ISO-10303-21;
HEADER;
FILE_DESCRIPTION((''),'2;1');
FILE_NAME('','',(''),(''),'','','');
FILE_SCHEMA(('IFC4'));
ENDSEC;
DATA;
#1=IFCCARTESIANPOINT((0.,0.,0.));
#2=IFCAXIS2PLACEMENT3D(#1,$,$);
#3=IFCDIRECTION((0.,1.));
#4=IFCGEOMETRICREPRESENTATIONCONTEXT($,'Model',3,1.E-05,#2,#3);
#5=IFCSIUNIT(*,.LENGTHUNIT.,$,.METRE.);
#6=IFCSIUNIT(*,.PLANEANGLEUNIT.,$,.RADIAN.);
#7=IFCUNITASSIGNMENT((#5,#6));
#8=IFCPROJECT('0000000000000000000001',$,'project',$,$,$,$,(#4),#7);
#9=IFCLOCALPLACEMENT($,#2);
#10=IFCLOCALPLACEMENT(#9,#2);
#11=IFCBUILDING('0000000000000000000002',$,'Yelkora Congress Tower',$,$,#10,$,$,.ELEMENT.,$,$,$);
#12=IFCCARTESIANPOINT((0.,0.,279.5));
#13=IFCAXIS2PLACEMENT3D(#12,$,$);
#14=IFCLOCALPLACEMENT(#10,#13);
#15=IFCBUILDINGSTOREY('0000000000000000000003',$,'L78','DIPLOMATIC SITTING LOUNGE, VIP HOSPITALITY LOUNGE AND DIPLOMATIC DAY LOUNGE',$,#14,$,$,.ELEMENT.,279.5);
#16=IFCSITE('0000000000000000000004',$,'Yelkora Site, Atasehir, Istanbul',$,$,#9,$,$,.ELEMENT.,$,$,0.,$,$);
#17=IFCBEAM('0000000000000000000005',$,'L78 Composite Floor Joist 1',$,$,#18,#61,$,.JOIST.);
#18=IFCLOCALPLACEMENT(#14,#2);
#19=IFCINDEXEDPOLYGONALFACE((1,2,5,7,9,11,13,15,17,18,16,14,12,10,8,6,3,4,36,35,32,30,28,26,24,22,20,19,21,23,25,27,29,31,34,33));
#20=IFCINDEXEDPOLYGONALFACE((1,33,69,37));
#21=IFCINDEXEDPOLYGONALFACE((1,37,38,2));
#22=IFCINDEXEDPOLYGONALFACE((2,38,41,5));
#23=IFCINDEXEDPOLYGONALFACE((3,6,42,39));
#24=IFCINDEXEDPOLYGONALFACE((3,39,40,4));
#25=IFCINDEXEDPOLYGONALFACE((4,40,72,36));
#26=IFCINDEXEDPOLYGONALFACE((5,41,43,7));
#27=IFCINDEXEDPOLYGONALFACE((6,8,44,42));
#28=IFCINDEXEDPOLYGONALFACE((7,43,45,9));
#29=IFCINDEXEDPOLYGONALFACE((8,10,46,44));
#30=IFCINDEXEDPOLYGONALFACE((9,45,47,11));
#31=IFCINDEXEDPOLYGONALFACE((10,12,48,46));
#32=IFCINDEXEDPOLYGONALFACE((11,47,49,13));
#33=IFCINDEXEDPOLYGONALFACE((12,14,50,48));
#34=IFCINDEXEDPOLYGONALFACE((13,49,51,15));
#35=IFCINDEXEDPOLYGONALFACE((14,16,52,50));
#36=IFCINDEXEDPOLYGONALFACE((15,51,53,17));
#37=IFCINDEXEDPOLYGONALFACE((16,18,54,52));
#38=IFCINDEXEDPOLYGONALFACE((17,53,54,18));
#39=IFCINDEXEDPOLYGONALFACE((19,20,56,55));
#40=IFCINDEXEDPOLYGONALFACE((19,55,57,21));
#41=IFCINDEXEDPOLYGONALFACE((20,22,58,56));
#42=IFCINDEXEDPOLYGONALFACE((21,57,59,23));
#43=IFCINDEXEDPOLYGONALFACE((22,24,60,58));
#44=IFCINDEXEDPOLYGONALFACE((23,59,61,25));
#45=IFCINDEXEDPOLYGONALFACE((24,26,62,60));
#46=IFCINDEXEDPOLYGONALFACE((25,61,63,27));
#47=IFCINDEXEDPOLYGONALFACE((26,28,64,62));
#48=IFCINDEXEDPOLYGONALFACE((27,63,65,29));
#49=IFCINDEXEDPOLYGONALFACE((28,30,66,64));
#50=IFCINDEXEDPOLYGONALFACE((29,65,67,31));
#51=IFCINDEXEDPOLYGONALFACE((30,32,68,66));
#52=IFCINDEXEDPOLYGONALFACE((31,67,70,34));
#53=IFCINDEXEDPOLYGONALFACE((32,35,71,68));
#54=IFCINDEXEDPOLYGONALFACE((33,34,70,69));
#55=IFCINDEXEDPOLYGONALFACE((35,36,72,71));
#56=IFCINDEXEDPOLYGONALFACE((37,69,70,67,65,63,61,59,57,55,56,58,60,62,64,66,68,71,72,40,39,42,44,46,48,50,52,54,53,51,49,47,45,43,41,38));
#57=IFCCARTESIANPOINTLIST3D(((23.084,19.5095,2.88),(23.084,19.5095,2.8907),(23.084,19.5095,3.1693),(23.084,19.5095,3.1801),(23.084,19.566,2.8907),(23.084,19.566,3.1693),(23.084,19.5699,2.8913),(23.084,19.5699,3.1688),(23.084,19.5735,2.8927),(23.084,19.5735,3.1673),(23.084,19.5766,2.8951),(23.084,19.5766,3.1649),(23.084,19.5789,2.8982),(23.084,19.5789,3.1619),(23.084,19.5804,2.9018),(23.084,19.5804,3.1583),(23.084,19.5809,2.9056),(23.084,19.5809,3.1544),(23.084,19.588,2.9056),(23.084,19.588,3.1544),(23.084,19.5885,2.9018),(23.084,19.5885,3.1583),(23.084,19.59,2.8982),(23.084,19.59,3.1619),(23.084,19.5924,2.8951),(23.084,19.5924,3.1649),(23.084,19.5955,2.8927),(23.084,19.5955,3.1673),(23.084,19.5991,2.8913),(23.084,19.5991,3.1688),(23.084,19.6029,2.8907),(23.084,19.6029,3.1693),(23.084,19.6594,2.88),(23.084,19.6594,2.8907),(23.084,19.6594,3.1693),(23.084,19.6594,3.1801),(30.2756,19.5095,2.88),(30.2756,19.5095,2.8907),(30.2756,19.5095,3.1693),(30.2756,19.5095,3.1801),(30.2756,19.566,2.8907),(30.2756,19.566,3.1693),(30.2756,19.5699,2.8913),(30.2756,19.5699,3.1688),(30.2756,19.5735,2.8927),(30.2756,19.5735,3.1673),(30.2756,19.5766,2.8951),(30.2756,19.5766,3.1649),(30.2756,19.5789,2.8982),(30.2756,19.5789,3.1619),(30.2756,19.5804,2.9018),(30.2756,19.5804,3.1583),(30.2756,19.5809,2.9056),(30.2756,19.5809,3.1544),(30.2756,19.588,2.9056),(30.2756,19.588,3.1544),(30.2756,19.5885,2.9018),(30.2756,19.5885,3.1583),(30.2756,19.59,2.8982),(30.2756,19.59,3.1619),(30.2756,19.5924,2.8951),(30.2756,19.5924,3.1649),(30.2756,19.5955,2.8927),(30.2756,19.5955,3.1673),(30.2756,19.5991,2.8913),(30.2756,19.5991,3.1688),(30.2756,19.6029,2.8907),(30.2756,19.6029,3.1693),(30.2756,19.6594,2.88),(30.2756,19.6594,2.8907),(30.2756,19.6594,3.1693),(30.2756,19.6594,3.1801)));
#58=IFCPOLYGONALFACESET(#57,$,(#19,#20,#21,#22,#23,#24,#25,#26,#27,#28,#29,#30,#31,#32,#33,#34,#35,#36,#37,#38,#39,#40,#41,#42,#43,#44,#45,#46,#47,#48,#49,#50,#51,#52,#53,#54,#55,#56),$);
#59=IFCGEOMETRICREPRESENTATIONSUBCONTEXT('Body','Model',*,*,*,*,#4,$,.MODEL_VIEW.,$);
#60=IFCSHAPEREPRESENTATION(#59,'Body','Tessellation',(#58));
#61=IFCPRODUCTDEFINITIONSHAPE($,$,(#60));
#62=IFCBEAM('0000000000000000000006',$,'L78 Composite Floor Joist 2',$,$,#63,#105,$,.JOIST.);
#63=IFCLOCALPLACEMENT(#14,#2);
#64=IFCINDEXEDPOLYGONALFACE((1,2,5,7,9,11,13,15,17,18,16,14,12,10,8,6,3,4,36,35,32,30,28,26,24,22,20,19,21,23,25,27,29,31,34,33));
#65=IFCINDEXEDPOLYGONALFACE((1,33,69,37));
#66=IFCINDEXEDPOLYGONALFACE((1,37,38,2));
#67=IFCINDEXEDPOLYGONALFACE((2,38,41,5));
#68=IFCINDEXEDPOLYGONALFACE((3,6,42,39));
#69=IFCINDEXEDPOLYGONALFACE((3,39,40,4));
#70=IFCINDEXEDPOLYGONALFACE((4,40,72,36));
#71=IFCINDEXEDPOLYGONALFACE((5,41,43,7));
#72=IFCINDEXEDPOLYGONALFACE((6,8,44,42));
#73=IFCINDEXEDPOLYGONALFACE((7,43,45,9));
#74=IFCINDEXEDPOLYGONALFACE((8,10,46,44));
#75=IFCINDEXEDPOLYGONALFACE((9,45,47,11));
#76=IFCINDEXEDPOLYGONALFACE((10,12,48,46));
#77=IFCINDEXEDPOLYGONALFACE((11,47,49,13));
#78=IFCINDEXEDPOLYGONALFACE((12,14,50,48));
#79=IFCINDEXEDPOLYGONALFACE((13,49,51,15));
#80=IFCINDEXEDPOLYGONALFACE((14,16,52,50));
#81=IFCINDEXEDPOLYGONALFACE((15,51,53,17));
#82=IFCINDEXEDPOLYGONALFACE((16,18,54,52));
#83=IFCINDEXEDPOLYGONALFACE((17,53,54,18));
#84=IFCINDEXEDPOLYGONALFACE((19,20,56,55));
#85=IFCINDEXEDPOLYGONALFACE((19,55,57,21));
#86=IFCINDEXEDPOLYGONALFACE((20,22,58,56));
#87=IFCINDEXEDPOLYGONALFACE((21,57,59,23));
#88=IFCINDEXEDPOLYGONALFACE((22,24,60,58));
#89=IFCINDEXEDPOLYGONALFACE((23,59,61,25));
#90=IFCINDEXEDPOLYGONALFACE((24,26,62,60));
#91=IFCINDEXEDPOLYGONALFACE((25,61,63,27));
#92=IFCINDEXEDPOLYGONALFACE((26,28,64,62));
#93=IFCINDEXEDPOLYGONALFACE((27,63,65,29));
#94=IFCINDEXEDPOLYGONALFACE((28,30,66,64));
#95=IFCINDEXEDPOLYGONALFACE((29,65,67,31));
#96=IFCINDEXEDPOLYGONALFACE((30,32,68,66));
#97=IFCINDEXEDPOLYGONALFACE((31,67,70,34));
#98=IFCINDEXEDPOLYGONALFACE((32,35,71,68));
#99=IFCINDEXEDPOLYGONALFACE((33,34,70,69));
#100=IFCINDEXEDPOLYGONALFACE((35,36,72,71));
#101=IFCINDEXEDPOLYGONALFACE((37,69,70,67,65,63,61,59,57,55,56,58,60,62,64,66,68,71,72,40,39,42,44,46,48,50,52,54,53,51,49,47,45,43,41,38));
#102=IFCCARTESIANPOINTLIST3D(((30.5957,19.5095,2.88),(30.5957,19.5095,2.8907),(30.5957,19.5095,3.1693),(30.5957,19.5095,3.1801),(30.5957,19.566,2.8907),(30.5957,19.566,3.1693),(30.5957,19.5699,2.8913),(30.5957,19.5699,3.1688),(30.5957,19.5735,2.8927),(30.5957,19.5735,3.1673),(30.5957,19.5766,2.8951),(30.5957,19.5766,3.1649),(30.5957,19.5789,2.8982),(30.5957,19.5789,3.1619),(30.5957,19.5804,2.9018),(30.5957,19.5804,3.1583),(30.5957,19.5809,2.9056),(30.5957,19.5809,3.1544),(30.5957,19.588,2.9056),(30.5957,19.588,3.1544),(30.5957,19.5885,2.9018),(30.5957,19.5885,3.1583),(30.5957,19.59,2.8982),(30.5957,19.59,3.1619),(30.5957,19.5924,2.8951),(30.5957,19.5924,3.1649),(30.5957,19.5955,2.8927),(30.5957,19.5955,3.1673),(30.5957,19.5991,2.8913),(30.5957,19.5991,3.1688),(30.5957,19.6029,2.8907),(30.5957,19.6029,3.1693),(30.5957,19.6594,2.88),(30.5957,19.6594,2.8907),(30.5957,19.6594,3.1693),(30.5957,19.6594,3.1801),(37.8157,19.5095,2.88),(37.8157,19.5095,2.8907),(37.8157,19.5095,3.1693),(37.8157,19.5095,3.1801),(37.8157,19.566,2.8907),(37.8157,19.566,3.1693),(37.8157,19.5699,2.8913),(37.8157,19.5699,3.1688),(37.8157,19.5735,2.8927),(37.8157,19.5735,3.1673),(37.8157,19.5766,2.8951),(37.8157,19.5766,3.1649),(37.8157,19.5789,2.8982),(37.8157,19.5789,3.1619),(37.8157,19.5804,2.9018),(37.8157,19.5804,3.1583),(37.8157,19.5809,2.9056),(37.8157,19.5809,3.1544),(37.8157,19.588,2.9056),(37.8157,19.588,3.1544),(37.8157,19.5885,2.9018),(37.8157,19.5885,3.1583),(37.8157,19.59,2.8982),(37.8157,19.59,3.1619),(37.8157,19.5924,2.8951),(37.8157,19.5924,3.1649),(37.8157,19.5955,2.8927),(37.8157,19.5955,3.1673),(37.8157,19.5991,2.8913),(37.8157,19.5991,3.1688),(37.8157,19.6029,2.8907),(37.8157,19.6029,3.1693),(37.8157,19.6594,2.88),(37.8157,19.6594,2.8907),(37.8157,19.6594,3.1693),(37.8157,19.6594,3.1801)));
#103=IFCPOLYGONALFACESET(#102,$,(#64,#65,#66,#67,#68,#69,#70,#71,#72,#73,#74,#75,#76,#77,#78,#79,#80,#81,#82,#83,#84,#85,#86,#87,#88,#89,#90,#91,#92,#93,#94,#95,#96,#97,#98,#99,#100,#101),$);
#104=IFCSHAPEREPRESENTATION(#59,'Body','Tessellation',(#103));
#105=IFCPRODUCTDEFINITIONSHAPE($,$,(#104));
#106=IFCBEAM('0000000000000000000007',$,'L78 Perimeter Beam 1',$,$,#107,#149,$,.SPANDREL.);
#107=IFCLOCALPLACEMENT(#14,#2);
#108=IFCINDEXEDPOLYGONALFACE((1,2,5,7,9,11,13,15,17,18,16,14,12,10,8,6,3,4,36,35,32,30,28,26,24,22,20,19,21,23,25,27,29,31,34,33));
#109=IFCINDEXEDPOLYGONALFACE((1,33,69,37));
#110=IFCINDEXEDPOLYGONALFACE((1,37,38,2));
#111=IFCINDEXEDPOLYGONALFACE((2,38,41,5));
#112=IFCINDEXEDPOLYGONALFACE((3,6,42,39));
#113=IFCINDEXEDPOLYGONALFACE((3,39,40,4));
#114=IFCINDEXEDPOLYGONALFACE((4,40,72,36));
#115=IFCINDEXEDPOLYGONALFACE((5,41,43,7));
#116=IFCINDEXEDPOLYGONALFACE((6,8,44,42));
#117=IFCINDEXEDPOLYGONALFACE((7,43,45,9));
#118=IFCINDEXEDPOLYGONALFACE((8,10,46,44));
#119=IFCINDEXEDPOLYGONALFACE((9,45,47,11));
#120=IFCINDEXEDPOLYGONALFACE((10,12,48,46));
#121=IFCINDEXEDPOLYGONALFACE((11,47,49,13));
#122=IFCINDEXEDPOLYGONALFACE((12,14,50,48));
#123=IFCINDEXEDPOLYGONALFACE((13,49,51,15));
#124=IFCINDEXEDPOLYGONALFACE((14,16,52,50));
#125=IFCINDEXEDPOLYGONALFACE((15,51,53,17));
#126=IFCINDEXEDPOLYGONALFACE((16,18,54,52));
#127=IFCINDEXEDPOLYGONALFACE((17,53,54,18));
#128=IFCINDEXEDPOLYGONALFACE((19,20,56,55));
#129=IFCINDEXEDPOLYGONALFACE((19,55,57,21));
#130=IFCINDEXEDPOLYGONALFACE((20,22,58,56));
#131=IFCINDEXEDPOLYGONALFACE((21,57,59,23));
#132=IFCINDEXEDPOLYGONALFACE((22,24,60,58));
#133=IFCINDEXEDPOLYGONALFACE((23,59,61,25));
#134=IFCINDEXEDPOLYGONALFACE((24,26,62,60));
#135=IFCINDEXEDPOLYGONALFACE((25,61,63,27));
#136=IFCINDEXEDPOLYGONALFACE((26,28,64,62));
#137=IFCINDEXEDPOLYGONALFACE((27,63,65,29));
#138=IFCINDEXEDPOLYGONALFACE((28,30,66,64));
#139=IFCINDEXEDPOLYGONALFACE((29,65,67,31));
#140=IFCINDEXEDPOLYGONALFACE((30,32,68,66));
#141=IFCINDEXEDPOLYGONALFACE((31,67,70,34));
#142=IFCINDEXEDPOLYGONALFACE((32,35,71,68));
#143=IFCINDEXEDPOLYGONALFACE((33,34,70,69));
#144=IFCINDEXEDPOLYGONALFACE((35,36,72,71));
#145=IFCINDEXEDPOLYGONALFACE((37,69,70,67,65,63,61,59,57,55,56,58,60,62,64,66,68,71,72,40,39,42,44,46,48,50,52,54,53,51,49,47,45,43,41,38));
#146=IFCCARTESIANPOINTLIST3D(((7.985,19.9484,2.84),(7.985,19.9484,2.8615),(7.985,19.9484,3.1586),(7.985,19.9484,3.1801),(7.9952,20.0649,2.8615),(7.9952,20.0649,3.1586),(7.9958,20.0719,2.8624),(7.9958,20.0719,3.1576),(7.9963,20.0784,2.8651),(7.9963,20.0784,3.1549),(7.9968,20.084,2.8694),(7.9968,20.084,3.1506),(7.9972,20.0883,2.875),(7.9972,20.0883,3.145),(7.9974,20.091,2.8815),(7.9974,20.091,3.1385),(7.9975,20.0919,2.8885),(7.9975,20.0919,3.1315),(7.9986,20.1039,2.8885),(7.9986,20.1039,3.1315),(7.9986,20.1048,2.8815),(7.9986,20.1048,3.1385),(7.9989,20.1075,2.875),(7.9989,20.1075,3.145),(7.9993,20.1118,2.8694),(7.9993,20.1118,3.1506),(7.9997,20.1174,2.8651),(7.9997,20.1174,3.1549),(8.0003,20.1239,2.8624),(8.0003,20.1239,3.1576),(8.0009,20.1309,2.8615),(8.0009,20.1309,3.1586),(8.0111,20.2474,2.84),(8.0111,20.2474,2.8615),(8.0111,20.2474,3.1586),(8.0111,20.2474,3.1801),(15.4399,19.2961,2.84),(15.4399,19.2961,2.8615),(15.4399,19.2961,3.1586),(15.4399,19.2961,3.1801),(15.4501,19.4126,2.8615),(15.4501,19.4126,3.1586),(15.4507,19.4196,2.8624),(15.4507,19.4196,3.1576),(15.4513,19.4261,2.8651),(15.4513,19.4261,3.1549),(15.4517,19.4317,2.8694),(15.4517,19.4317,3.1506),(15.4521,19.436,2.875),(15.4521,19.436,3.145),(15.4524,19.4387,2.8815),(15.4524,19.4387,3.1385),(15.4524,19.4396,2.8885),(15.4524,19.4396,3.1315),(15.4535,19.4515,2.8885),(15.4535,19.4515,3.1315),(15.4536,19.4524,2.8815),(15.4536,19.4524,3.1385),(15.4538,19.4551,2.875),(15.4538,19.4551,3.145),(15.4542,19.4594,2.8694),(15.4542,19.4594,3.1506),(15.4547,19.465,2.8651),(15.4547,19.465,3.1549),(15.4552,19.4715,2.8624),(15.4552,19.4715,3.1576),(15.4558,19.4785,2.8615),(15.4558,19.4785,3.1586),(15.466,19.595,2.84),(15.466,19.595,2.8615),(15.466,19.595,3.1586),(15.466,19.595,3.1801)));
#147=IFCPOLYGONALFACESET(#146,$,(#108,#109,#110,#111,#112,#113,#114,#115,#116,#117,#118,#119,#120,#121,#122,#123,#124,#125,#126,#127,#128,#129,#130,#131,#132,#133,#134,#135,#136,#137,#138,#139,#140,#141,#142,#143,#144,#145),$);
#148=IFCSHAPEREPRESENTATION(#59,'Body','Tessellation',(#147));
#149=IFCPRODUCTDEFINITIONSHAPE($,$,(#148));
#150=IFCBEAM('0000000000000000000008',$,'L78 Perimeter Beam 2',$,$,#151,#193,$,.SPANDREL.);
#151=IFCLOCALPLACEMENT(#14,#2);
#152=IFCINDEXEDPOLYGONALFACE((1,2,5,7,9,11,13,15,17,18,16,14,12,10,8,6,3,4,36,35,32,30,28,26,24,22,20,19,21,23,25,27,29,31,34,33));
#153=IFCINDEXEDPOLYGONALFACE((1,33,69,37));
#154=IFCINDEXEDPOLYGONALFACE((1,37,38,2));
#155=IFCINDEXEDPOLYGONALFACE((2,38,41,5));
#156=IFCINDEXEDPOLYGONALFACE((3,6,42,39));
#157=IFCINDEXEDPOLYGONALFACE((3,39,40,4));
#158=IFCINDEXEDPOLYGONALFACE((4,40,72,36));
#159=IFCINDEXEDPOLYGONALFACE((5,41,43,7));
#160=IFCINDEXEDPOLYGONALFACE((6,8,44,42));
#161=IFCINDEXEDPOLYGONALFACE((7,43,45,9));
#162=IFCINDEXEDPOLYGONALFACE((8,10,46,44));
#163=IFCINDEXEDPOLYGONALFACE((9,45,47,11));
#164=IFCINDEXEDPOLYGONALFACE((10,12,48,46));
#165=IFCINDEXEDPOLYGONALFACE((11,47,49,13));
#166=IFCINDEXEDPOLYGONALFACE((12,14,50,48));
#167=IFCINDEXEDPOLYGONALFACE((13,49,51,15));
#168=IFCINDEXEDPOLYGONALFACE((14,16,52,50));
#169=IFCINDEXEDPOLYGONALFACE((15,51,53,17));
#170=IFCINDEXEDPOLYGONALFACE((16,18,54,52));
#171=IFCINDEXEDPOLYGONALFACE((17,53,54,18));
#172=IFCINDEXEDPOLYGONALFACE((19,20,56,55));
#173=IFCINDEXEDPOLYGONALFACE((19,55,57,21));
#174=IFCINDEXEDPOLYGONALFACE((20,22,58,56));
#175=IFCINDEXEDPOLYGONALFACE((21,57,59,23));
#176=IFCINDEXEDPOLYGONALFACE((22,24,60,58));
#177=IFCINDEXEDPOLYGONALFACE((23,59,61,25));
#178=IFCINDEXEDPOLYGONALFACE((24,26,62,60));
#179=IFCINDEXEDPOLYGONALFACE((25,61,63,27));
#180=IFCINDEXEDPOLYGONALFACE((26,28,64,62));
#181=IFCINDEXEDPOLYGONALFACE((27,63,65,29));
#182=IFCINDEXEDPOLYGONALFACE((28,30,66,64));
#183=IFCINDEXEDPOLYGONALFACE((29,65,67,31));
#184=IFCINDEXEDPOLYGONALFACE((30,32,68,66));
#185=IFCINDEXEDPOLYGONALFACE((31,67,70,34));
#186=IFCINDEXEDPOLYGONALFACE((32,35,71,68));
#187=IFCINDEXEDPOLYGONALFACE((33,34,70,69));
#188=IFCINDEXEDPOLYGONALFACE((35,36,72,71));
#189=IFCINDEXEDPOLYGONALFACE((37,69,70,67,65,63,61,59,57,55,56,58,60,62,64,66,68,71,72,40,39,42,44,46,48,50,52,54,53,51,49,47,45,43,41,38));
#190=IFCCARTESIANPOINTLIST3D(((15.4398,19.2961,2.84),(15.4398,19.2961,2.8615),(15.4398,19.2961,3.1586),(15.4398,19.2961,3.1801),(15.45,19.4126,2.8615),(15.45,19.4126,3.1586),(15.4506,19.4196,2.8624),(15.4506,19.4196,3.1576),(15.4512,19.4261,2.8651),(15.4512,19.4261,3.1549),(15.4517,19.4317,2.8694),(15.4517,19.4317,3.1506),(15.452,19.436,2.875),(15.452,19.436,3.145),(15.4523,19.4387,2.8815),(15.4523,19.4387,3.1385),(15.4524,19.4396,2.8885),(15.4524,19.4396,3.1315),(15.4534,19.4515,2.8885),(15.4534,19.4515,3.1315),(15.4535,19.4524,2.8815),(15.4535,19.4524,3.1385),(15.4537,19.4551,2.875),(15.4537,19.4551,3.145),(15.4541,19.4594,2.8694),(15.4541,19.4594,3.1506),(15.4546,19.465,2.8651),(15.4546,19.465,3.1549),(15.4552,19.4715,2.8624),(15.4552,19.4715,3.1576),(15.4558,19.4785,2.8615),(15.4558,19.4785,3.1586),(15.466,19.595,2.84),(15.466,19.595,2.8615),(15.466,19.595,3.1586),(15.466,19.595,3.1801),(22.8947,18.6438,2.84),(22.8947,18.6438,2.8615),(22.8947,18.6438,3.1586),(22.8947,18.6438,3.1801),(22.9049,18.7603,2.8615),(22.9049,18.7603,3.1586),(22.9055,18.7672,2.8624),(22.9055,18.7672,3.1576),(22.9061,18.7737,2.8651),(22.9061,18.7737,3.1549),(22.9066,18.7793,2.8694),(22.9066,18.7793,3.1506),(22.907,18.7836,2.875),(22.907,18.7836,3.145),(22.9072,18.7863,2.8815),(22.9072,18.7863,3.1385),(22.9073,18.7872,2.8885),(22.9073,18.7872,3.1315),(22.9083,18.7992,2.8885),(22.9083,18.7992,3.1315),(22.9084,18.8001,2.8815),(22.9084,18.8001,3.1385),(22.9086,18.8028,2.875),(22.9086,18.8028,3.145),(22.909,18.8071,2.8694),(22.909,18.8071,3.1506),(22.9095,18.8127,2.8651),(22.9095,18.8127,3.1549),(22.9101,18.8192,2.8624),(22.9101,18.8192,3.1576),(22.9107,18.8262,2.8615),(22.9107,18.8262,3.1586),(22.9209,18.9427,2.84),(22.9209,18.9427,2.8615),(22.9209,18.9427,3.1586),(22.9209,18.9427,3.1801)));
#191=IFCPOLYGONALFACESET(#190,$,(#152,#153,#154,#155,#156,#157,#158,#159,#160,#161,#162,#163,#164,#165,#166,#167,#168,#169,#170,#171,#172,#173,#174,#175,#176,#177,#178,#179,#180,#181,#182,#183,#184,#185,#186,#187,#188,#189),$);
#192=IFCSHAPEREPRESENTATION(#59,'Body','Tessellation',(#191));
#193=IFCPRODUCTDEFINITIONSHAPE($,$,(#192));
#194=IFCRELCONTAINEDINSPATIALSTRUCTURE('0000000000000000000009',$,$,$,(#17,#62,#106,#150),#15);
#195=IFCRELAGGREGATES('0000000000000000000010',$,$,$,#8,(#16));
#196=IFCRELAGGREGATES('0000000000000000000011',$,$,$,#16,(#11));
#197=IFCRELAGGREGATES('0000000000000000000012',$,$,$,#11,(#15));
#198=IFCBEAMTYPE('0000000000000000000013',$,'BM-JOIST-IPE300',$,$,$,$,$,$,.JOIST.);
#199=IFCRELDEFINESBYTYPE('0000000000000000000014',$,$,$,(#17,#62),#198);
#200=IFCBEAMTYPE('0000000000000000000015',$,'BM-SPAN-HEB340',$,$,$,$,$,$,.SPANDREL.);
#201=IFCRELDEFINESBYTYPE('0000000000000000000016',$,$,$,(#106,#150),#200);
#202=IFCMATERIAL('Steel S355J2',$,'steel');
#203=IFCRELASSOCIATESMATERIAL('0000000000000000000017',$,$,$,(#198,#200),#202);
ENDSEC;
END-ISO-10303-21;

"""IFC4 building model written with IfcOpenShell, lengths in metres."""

from ifc_helpers import new_model, si_unit, direction, frame, origin, origin_2d, place, context, subcontext, project, spatial, i_section, extrude, material, material_profile, profile_set, type_object, element, save


model = new_model("IFC4")

# Units and contexts
model_context = context("Model", 3, precision=1e-05, world=origin(), true_north=direction((0.0, 1.0)))
body_context = subcontext(model_context, "Body", "Model", "MODEL_VIEW")
ifc_project = project(units=[si_unit("LENGTHUNIT", "METRE"), si_unit("PLANEANGLEUNIT", "RADIAN")], contexts=[model_context])

# Site, building, storey
site_placement = place(None, origin())
site = spatial("IfcSite", under=ifc_project, at=site_placement, Name="Yelkora Site, Atasehir, Istanbul", CompositionType="ELEMENT", RefElevation=0.0)
building_placement = place(site_placement, origin())
building = spatial("IfcBuilding", under=site, at=building_placement, Name="Yelkora Congress Tower", CompositionType="ELEMENT")
storey_placement = place(building_placement, frame((0.0, 0.0, 279.5)))
storey = spatial("IfcBuildingStorey", under=building, at=storey_placement, Name="L78", Description="DIPLOMATIC SITTING LOUNGE, VIP HOSPITALITY LOUNGE AND DIPLOMATIC DAY LOUNGE", CompositionType="ELEMENT", Elevation=279.5)

# Shared definitions
ifc_material_1 = material(Name="Steel S355J2", Category="steel")

# Beams
ifc_material_profile_1 = material_profile(ifc_material_1, i_section(OverallWidth=0.1499, OverallDepth=0.3, WebThickness=0.0071, FlangeThickness=0.0107, FilletRadius=0.0149, at=origin_2d()), Name="IPE 300")
ifc_profile_set_1 = profile_set([ifc_material_profile_1], Name="Steel S355J2")
beam_type_1 = type_object("IfcBeamType", Name="BM-JOIST-IPE300", PredefinedType="JOIST", material=ifc_profile_set_1)
beam_1_placement = place(storey_placement, frame((23.084, 19.5845, 3.03), z_axis=(1.0, 0.0, 0.0), x_axis=(0.0, 1.0, 0.0)))
element("IfcBeam", 1, at=beam_1_placement, inside=storey, type_object=beam_type_1, Name="L78 Composite Floor Joist 1", PredefinedType="JOIST", context=body_context, shape_type="SweptSolid", body=[
    extrude(i_section(OverallWidth=0.1499, OverallDepth=0.3, WebThickness=0.0071, FlangeThickness=0.0107, FilletRadius=0.0149, at=origin_2d()), origin(), (0.0, 0.0, 1.0), 7.1917),
])
beam_2_placement = place(storey_placement, frame((30.5957, 19.5845, 3.03), z_axis=(1.0, 0.0, 0.0), x_axis=(0.0, 1.0, 0.0)))
element("IfcBeam", 2, at=beam_2_placement, inside=storey, type_object=beam_type_1, Name="L78 Composite Floor Joist 2", PredefinedType="JOIST", context=body_context, shape_type="SweptSolid", body=[
    extrude(i_section(OverallWidth=0.1499, OverallDepth=0.3, WebThickness=0.0071, FlangeThickness=0.0107, FilletRadius=0.0149, at=origin_2d()), origin(), (0.0, 0.0, 1.0), 7.22),
])
ifc_material_profile_2 = material_profile(ifc_material_1, i_section(OverallWidth=0.3, OverallDepth=0.3401, WebThickness=0.012, FlangeThickness=0.0215, FilletRadius=0.0271, at=origin_2d()), Name="HEB 340")
ifc_profile_set_2 = profile_set([ifc_material_profile_2], Name="Steel S355J2")
beam_type_2 = type_object("IfcBeamType", Name="BM-SPAN-HEB340", PredefinedType="SPANDREL", material=ifc_profile_set_2)
for number, where, z_axis, x_axis, name in (
    (3, (7.998, 20.0979, 3.01), (0.996193, -0.087173, 0.0), (0.087173, 0.996193, 0.0), "L78 Perimeter Beam 1"),
    (4, (15.4529, 19.4456, 3.01), (0.996193, -0.087173, 0.0), (0.087173, 0.996193, 0.0), "L78 Perimeter Beam 2"),
):
    element("IfcBeam", number, at=place(storey_placement, frame(where, z_axis=z_axis, x_axis=x_axis)), inside=storey, type_object=beam_type_2, Name=name, PredefinedType="SPANDREL", context=body_context, shape_type="SweptSolid", body=[
        extrude(i_section(OverallWidth=0.3, OverallDepth=0.3401, WebThickness=0.012, FlangeThickness=0.0215, FilletRadius=0.0271, at=origin_2d()), origin(), (0.0, 0.0, 1.0), 7.4834),
    ])

save(model, "model.ifc")
